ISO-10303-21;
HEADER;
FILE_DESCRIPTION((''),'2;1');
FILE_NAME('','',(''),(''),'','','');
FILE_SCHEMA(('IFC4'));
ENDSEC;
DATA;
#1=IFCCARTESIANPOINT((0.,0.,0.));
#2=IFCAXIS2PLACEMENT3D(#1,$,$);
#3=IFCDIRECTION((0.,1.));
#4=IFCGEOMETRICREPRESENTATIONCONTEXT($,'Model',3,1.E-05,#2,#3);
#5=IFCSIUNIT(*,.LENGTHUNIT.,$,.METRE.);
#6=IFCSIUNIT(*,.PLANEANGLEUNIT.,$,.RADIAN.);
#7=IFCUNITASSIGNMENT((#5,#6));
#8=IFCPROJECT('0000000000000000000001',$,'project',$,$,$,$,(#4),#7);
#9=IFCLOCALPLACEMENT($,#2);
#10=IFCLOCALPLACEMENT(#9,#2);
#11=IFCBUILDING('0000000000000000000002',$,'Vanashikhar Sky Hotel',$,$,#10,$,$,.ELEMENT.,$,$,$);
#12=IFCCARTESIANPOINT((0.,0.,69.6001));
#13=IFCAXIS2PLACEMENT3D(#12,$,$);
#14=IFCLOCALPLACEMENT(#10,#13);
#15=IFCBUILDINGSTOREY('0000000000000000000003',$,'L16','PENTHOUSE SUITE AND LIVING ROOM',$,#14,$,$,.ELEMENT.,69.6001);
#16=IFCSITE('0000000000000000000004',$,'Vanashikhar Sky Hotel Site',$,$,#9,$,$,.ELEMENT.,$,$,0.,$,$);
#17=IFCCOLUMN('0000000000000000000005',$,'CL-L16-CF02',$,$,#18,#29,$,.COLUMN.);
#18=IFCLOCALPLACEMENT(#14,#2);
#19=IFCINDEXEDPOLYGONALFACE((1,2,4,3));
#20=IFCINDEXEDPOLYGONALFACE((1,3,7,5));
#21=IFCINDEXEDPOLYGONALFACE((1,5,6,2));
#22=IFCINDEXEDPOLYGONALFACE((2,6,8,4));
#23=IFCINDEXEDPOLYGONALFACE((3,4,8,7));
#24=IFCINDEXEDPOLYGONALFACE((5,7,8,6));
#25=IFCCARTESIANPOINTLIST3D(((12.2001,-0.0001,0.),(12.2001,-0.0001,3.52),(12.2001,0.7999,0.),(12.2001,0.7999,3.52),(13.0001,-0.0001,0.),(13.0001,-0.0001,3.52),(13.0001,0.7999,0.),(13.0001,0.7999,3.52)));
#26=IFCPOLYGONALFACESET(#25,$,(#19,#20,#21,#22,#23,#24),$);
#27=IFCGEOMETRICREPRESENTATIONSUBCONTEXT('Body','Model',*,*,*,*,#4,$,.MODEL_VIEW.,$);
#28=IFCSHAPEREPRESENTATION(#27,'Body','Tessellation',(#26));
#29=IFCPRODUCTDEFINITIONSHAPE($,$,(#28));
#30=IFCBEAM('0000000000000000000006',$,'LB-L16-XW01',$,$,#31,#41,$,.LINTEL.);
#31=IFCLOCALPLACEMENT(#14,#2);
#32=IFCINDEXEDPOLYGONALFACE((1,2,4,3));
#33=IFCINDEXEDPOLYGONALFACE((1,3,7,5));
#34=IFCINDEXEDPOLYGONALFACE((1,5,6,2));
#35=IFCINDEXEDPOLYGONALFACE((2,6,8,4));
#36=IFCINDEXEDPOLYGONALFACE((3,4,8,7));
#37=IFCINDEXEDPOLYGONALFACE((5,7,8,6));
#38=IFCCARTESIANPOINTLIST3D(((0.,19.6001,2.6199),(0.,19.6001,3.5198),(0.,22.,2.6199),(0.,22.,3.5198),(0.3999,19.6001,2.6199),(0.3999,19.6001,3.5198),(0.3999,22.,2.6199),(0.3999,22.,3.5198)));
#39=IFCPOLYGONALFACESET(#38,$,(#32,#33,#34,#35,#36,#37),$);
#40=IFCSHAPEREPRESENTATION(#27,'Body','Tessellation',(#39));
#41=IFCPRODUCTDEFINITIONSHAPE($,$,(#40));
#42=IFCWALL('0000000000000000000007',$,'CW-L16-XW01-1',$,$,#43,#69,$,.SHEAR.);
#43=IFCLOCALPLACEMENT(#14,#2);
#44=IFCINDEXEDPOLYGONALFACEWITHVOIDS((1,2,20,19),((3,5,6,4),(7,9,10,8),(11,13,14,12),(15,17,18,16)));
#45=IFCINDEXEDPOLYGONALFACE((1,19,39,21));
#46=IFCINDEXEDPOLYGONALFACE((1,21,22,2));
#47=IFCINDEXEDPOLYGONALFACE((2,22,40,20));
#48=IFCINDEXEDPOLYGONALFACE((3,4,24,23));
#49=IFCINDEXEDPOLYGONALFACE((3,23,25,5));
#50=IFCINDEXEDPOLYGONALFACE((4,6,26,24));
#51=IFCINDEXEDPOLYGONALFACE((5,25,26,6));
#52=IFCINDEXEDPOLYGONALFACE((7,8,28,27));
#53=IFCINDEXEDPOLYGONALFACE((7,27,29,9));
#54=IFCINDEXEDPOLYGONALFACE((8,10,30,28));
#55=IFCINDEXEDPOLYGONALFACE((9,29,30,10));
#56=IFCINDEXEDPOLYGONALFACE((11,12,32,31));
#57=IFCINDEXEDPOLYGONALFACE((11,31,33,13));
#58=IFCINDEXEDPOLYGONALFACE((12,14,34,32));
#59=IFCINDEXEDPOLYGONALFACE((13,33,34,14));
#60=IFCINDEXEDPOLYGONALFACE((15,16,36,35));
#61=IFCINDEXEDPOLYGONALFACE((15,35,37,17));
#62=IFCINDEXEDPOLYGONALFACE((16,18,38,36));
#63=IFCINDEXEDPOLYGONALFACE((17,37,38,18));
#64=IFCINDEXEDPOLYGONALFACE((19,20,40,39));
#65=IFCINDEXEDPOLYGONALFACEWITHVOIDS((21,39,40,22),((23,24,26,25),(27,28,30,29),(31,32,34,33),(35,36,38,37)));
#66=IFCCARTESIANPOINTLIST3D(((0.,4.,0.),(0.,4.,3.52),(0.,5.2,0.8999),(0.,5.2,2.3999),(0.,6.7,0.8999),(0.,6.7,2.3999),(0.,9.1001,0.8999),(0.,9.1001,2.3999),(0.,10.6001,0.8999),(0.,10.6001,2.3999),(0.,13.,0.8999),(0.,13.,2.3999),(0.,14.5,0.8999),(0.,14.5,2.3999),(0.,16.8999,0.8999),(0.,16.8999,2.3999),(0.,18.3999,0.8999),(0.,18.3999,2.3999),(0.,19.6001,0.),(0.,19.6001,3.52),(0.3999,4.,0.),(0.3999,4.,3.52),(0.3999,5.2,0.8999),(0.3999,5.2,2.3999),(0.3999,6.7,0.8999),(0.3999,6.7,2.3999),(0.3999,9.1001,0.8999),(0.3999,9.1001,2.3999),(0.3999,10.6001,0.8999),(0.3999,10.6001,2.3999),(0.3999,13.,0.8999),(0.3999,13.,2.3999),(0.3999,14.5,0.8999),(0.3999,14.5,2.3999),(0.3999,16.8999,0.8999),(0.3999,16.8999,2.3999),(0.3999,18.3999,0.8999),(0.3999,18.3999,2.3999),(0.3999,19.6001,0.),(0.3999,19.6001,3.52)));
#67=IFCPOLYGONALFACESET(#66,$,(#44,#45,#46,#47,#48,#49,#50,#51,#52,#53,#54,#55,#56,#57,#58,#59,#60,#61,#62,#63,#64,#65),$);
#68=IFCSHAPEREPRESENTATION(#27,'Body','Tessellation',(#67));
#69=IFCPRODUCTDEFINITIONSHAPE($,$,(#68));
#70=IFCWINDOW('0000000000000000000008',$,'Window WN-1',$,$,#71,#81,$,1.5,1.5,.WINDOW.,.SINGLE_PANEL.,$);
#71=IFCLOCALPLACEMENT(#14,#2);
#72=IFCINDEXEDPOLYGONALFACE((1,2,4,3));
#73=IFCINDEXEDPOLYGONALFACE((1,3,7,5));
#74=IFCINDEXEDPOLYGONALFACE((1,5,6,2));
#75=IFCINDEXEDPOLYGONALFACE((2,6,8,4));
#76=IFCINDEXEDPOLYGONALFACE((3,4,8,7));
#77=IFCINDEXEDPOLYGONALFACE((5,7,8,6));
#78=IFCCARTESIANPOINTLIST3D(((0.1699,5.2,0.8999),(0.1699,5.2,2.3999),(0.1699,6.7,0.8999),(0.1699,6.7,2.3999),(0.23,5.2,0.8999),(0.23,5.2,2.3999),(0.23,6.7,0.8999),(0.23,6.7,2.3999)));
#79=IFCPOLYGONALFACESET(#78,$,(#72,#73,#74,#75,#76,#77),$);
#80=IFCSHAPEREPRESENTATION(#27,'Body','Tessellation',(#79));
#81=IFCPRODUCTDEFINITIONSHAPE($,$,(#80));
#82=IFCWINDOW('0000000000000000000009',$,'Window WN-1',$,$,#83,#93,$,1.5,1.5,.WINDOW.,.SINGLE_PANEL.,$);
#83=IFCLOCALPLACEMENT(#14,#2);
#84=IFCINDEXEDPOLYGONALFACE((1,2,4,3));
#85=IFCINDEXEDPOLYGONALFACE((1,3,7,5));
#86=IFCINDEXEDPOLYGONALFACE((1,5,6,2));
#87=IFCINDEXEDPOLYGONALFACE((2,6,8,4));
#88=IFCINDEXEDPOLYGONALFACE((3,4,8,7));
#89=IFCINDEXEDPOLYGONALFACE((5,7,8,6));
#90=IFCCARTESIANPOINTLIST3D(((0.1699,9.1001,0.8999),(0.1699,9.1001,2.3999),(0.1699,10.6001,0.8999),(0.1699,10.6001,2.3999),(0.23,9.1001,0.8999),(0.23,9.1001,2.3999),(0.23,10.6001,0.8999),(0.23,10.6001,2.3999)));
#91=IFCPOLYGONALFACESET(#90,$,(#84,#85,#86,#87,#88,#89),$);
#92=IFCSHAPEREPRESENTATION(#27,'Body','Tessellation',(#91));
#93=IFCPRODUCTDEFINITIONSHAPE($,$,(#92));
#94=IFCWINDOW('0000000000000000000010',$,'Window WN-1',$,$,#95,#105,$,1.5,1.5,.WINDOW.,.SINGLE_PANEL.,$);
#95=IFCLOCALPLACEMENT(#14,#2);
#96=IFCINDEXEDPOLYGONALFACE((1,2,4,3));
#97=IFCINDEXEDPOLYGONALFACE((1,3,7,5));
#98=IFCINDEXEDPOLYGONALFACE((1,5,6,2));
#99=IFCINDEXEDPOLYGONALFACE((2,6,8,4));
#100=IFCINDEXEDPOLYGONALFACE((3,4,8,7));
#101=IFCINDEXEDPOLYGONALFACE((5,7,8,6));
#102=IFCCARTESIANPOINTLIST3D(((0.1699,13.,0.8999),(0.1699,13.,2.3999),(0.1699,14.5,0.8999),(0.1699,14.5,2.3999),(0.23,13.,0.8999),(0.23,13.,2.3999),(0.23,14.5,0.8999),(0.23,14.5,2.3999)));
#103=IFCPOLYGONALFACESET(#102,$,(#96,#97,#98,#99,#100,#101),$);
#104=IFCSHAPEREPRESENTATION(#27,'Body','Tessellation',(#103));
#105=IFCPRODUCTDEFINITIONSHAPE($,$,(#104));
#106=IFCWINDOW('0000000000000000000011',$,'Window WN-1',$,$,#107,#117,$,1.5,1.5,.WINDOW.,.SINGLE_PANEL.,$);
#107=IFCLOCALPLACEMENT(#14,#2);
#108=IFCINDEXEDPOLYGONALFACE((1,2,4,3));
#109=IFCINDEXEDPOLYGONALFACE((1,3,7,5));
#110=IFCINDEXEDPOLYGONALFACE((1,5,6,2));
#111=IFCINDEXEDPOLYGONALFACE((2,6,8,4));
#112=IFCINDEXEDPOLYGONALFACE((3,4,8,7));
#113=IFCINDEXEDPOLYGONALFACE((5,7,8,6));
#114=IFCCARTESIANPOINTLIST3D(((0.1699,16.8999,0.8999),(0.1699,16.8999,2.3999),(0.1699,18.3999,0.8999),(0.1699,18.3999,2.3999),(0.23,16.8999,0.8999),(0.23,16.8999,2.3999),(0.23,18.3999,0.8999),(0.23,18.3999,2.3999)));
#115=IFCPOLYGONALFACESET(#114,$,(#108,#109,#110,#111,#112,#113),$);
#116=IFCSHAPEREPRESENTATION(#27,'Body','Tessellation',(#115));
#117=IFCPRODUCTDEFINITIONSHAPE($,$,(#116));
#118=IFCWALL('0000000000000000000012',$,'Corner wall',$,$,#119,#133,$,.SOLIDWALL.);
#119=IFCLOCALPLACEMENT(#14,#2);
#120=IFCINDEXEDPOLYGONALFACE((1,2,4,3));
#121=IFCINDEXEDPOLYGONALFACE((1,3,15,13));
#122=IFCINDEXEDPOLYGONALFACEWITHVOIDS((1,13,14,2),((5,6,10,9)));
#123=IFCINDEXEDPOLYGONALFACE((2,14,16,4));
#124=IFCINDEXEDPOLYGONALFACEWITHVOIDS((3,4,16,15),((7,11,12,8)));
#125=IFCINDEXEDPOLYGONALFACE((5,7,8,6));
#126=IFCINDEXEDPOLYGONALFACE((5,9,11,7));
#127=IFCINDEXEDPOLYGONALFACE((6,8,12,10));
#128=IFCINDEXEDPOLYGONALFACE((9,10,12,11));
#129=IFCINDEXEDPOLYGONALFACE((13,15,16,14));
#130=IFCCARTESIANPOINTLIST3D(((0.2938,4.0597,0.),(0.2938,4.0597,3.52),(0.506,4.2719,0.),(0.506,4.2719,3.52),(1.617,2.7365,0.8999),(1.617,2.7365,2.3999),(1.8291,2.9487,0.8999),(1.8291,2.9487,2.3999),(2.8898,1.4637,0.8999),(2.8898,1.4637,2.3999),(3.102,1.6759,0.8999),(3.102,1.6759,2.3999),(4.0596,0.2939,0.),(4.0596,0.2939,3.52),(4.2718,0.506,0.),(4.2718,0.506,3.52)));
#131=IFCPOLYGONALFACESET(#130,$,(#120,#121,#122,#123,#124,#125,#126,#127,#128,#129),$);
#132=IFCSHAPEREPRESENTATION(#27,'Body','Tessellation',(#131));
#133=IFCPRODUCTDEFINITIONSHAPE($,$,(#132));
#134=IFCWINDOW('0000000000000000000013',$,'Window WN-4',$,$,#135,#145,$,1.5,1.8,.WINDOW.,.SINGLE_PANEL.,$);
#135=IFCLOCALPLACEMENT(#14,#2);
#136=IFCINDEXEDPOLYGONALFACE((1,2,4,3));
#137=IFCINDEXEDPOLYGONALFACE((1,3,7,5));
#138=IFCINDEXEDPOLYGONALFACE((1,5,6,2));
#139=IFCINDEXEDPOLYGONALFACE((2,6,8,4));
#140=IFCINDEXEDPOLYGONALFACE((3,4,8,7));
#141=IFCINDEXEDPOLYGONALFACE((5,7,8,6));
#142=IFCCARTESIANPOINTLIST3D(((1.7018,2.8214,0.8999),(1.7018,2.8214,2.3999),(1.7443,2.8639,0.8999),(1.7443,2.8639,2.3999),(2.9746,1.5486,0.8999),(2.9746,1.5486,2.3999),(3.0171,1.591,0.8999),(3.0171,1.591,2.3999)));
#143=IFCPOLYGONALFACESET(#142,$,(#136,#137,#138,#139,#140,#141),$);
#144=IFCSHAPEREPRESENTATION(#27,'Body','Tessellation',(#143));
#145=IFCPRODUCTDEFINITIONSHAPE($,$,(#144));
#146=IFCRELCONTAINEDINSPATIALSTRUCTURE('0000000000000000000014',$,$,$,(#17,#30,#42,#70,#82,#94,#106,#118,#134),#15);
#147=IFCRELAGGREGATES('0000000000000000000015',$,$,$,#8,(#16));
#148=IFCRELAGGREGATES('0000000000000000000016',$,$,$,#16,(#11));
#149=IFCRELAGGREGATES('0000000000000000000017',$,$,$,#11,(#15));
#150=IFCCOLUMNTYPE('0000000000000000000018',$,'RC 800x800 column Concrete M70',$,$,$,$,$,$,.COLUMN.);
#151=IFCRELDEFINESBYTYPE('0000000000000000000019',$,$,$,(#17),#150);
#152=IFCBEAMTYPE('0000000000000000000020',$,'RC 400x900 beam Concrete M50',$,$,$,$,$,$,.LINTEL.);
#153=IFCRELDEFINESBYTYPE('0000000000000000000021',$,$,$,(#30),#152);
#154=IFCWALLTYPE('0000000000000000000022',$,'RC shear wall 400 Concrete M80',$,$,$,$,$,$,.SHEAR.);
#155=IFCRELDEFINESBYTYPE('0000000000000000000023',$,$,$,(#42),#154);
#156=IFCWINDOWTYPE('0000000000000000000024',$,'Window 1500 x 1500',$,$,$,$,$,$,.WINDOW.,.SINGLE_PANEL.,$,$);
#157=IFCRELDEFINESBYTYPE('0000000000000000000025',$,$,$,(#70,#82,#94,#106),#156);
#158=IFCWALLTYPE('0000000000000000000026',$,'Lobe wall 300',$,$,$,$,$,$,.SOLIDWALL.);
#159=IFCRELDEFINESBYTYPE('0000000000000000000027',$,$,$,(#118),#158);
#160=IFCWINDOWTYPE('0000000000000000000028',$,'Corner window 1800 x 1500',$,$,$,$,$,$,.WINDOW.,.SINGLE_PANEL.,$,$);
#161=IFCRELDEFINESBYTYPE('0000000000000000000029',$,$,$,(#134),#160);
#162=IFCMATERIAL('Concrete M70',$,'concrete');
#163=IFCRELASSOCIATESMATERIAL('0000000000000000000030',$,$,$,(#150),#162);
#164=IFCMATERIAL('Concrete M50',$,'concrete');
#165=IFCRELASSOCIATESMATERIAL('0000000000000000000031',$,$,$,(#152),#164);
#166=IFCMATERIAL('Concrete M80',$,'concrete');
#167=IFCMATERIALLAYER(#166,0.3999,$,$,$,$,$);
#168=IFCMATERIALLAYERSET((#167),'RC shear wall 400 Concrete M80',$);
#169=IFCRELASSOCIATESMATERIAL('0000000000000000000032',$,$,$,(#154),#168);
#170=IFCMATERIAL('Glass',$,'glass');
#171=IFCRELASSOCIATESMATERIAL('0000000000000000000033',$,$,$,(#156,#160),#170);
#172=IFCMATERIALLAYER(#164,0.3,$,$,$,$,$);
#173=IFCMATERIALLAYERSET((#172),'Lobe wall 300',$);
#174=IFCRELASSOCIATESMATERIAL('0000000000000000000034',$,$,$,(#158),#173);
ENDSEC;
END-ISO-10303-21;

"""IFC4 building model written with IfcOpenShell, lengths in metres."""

from ifc_helpers import new_model, si_unit, direction, frame, frame_2d, origin, origin_2d, place, context, subcontext, project, spatial, rectangle, extrude, source, transform, mapped, material, layer, layer_set, material_profile, profile_set, type_object, element, fill, save


model = new_model("IFC4")

# Units and contexts
model_context = context("Model", 3, precision=1e-05, world=origin(), true_north=direction((0.0, 1.0)))
body_context = subcontext(model_context, "Body", "Model", "MODEL_VIEW")
ifc_project = project(units=[si_unit("LENGTHUNIT", "METRE"), si_unit("PLANEANGLEUNIT", "RADIAN")], contexts=[model_context])

# Site, building, storey
site_placement = place(None, origin())
site = spatial("IfcSite", under=ifc_project, at=site_placement, Name="Vanashikhar Sky Hotel Site", CompositionType="ELEMENT", RefElevation=0.0)
building_placement = place(site_placement, origin())
building = spatial("IfcBuilding", under=site, at=building_placement, Name="Vanashikhar Sky Hotel", CompositionType="ELEMENT")
storey_placement = place(building_placement, frame((0.0, 0.0, 69.6001)))
storey = spatial("IfcBuildingStorey", under=building, at=storey_placement, Name="L16", Description="PENTHOUSE SUITE AND LIVING ROOM", CompositionType="ELEMENT", Elevation=69.6001)

# Column
ifc_material_1 = material(Name="Concrete M70", Category="concrete")
ifc_material_profile_1 = material_profile(ifc_material_1, rectangle(XDim=0.8, YDim=0.8, at=origin_2d()))
ifc_profile_set_1 = profile_set([ifc_material_profile_1], Name="RC 800x800 column Concrete M70")
column_type = type_object("IfcColumnType", Name="RC 800x800 column Concrete M70", PredefinedType="COLUMN", material=ifc_profile_set_1)
shared_shape_1 = source(origin(), body_context, "Body", "SweptSolid", [
    extrude(rectangle(XDim=0.8, YDim=0.8, at=origin_2d()), origin(), (0.0, 0.0, 1.0), 3.52),
])
column_placement = place(storey_placement, frame((12.6001, 0.3999, 0.0), z_axis=(0.0, 0.0, 1.0), x_axis=(1.0, 0.0, 0.0)))
element("IfcColumn", 1, at=column_placement, inside=storey, type_object=column_type, Name="CL-L16-CF02", PredefinedType="COLUMN", context=body_context, shape_type="MappedRepresentation", body=[
    mapped(shared_shape_1, transform((0.0, 0.0, 0.0), scale=1.0)),
])

# Beam
ifc_material_2 = material(Name="Concrete M50", Category="concrete")
ifc_material_profile_2 = material_profile(ifc_material_2, rectangle(XDim=0.3999, YDim=0.8999, at=origin_2d()))
ifc_profile_set_2 = profile_set([ifc_material_profile_2], Name="RC 400x900 beam Concrete M50")
beam_type = type_object("IfcBeamType", Name="RC 400x900 beam Concrete M50", PredefinedType="LINTEL", material=ifc_profile_set_2)
shared_shape_2 = source(origin(), body_context, "Body", "SweptSolid", [
    extrude(rectangle(XDim=0.3999, YDim=0.8999, at=origin_2d()), origin(), (0.0, 0.0, 1.0), 2.3999),
])
beam_placement = place(storey_placement, frame((0.2, 19.6001, 3.0698), z_axis=(0.0, 1.0, 0.0), x_axis=(-1.0, 0.0, 0.0)))
element("IfcBeam", 2, at=beam_placement, inside=storey, type_object=beam_type, Name="LB-L16-XW01", PredefinedType="LINTEL", context=body_context, shape_type="MappedRepresentation", body=[
    mapped(shared_shape_2, transform((0.0, 0.0, 0.0), scale=1.0)),
])

# Wall, openings, windows
ifc_material_3 = material(Name="Concrete M80", Category="concrete")
ifc_layer_1 = layer(ifc_material_3, 0.3999)
ifc_layer_set_1 = layer_set([ifc_layer_1], Name="RC shear wall 400 Concrete M80")
wall_type_1 = type_object("IfcWallType", Name="RC shear wall 400 Concrete M80", PredefinedType="SHEAR", material=ifc_layer_set_1)
shared_shape_3 = source(origin(), body_context, "Body", "SweptSolid", [
    extrude(rectangle(XDim=15.6001, YDim=0.3999, at=frame_2d((7.8, 0.0))), origin(), (0.0, 0.0, 1.0), 3.52),
])
wall_1_placement = place(storey_placement, frame((0.2, 4.0, 0.0), z_axis=(0.0, 0.0, 1.0), x_axis=(0.0, 1.0, 0.0)))
wall_1 = element("IfcWall", 3, at=wall_1_placement, inside=storey, type_object=wall_type_1, Name="CW-L16-XW01-1", PredefinedType="SHEAR", context=body_context, shape_type="MappedRepresentation", body=[
    mapped(shared_shape_3, transform((0.0, 0.0, 0.0), scale=1.0)),
])
shared_shape_4 = source(origin(), body_context, "Body", "SweptSolid", [
    extrude(rectangle(XDim=1.5, YDim=1.5, at=frame_2d((0.75, 0.75))), frame((0.0, 0.21, 0.0), z_axis=(0.0, -1.0, 0.0), x_axis=(1.0, 0.0, 0.0)), (0.0, 0.0, 1.0), 0.4199),
])
opening_1_placement = place(wall_1_placement, frame((1.2, 0.0, 0.8999)))
opening_1 = element("IfcOpeningElement", 4, at=opening_1_placement, cuts=wall_1, PredefinedType="OPENING", context=body_context, shape_type="MappedRepresentation", body=[
    mapped(shared_shape_4, transform((0.0, 0.0, 0.0), scale=1.0)),
])
opening_2_placement = place(wall_1_placement, frame((5.1001, 0.0, 0.8999)))
opening_2 = element("IfcOpeningElement", 5, at=opening_2_placement, cuts=wall_1, PredefinedType="OPENING", context=body_context, shape_type="MappedRepresentation", body=[
    mapped(shared_shape_4, transform((0.0, 0.0, 0.0), scale=1.0)),
])
opening_3_placement = place(wall_1_placement, frame((9.0, 0.0, 0.8999)))
opening_3 = element("IfcOpeningElement", 6, at=opening_3_placement, cuts=wall_1, PredefinedType="OPENING", context=body_context, shape_type="MappedRepresentation", body=[
    mapped(shared_shape_4, transform((0.0, 0.0, 0.0), scale=1.0)),
])
opening_4_placement = place(wall_1_placement, frame((12.8999, 0.0, 0.8999)))
opening_4 = element("IfcOpeningElement", 7, at=opening_4_placement, cuts=wall_1, PredefinedType="OPENING", context=body_context, shape_type="MappedRepresentation", body=[
    mapped(shared_shape_4, transform((0.0, 0.0, 0.0), scale=1.0)),
])
ifc_material_4 = material(Name="Glass", Category="glass")
window_type_1 = type_object("IfcWindowType", Name="Window 1500 x 1500", PartitioningType="SINGLE_PANEL", PredefinedType="WINDOW", material=ifc_material_4)
shared_shape_5 = source(origin(), body_context, "Body", "SweptSolid", [
    extrude(rectangle(XDim=1.5, YDim=1.5, at=frame_2d((0.75, 0.75))), frame((0.0, 0.03, 0.0), z_axis=(0.0, -1.0, 0.0), x_axis=(1.0, 0.0, 0.0)), (0.0, 0.0, 1.0), 0.0601),
])
window_1_placement = place(opening_1_placement, origin())
window_1 = element("IfcWindow", 8, at=window_1_placement, inside=storey, type_object=window_type_1, Name="Window WN-1", OverallHeight=1.5, OverallWidth=1.5, PartitioningType="SINGLE_PANEL", PredefinedType="WINDOW", context=body_context, shape_type="MappedRepresentation", body=[
    mapped(shared_shape_5, transform((0.0, 0.0, 0.0), scale=1.0)),
])
fill(opening_1, window_1)
window_2_placement = place(opening_2_placement, origin())
window_2 = element("IfcWindow", 9, at=window_2_placement, inside=storey, type_object=window_type_1, Name="Window WN-1", OverallHeight=1.5, OverallWidth=1.5, PartitioningType="SINGLE_PANEL", PredefinedType="WINDOW", context=body_context, shape_type="MappedRepresentation", body=[
    mapped(shared_shape_5, transform((0.0, 0.0, 0.0), scale=1.0)),
])
fill(opening_2, window_2)
window_3_placement = place(opening_3_placement, origin())
window_3 = element("IfcWindow", 10, at=window_3_placement, inside=storey, type_object=window_type_1, Name="Window WN-1", OverallHeight=1.5, OverallWidth=1.5, PartitioningType="SINGLE_PANEL", PredefinedType="WINDOW", context=body_context, shape_type="MappedRepresentation", body=[
    mapped(shared_shape_5, transform((0.0, 0.0, 0.0), scale=1.0)),
])
fill(opening_3, window_3)
window_4_placement = place(opening_4_placement, origin())
window_4 = element("IfcWindow", 11, at=window_4_placement, inside=storey, type_object=window_type_1, Name="Window WN-1", OverallHeight=1.5, OverallWidth=1.5, PartitioningType="SINGLE_PANEL", PredefinedType="WINDOW", context=body_context, shape_type="MappedRepresentation", body=[
    mapped(shared_shape_5, transform((0.0, 0.0, 0.0), scale=1.0)),
])
fill(opening_4, window_4)

# Wall, opening, window
ifc_layer_2 = layer(ifc_material_2, 0.3)
ifc_layer_set_2 = layer_set([ifc_layer_2], Name="Lobe wall 300")
wall_type_2 = type_object("IfcWallType", Name="Lobe wall 300", PredefinedType="SOLIDWALL", material=ifc_layer_set_2)
shared_shape_6 = source(origin(), body_context, "Body", "SweptSolid", [
    extrude(rectangle(XDim=5.3257, YDim=0.3, at=frame_2d((2.6628, 0.0))), origin(), (0.0, 0.0, 1.0), 3.52),
])
wall_2_placement = place(storey_placement, frame((0.3999, 4.1658, 0.0), z_axis=(0.0, 0.0, 1.0), x_axis=(0.707107, -0.707107, 0.0)))
wall_2 = element("IfcWall", 12, at=wall_2_placement, inside=storey, type_object=wall_type_2, Name="Corner wall", PredefinedType="SOLIDWALL", context=body_context, shape_type="MappedRepresentation", body=[
    mapped(shared_shape_6, transform((0.0, 0.0, 0.0), scale=1.0)),
])
shared_shape_7 = source(origin(), body_context, "Body", "SweptSolid", [
    extrude(rectangle(XDim=1.8, YDim=1.5, at=frame_2d((0.8999, 0.75))), frame((0.0, 0.1602, 0.0), z_axis=(0.0, -1.0, 0.0), x_axis=(1.0, 0.0, 0.0)), (0.0, 0.0, 1.0), 0.3201),
])
opening_5_placement = place(wall_2_placement, frame((1.8713, 0.0, 0.8999)))
opening_5 = element("IfcOpeningElement", 13, at=opening_5_placement, cuts=wall_2, PredefinedType="OPENING", context=body_context, shape_type="MappedRepresentation", body=[
    mapped(shared_shape_7, transform((0.0, 0.0, 0.0), scale=1.0)),
])
window_type_2 = type_object("IfcWindowType", Name="Corner window 1800 x 1500", PartitioningType="SINGLE_PANEL", PredefinedType="WINDOW", material=ifc_material_4)
shared_shape_8 = source(origin(), body_context, "Body", "SweptSolid", [
    extrude(rectangle(XDim=1.8, YDim=1.5, at=frame_2d((0.8999, 0.75))), frame((0.0, 0.03, 0.0), z_axis=(0.0, -1.0, 0.0), x_axis=(1.0, 0.0, 0.0)), (0.0, 0.0, 1.0), 0.0601),
])
window_5_placement = place(opening_5_placement, origin())
window_5 = element("IfcWindow", 14, at=window_5_placement, inside=storey, type_object=window_type_2, Name="Window WN-4", OverallHeight=1.5, OverallWidth=1.8, PartitioningType="SINGLE_PANEL", PredefinedType="WINDOW", context=body_context, shape_type="MappedRepresentation", body=[
    mapped(shared_shape_8, transform((0.0, 0.0, 0.0), scale=1.0)),
])
fill(opening_5, window_5)

save(model, "model.ifc")
